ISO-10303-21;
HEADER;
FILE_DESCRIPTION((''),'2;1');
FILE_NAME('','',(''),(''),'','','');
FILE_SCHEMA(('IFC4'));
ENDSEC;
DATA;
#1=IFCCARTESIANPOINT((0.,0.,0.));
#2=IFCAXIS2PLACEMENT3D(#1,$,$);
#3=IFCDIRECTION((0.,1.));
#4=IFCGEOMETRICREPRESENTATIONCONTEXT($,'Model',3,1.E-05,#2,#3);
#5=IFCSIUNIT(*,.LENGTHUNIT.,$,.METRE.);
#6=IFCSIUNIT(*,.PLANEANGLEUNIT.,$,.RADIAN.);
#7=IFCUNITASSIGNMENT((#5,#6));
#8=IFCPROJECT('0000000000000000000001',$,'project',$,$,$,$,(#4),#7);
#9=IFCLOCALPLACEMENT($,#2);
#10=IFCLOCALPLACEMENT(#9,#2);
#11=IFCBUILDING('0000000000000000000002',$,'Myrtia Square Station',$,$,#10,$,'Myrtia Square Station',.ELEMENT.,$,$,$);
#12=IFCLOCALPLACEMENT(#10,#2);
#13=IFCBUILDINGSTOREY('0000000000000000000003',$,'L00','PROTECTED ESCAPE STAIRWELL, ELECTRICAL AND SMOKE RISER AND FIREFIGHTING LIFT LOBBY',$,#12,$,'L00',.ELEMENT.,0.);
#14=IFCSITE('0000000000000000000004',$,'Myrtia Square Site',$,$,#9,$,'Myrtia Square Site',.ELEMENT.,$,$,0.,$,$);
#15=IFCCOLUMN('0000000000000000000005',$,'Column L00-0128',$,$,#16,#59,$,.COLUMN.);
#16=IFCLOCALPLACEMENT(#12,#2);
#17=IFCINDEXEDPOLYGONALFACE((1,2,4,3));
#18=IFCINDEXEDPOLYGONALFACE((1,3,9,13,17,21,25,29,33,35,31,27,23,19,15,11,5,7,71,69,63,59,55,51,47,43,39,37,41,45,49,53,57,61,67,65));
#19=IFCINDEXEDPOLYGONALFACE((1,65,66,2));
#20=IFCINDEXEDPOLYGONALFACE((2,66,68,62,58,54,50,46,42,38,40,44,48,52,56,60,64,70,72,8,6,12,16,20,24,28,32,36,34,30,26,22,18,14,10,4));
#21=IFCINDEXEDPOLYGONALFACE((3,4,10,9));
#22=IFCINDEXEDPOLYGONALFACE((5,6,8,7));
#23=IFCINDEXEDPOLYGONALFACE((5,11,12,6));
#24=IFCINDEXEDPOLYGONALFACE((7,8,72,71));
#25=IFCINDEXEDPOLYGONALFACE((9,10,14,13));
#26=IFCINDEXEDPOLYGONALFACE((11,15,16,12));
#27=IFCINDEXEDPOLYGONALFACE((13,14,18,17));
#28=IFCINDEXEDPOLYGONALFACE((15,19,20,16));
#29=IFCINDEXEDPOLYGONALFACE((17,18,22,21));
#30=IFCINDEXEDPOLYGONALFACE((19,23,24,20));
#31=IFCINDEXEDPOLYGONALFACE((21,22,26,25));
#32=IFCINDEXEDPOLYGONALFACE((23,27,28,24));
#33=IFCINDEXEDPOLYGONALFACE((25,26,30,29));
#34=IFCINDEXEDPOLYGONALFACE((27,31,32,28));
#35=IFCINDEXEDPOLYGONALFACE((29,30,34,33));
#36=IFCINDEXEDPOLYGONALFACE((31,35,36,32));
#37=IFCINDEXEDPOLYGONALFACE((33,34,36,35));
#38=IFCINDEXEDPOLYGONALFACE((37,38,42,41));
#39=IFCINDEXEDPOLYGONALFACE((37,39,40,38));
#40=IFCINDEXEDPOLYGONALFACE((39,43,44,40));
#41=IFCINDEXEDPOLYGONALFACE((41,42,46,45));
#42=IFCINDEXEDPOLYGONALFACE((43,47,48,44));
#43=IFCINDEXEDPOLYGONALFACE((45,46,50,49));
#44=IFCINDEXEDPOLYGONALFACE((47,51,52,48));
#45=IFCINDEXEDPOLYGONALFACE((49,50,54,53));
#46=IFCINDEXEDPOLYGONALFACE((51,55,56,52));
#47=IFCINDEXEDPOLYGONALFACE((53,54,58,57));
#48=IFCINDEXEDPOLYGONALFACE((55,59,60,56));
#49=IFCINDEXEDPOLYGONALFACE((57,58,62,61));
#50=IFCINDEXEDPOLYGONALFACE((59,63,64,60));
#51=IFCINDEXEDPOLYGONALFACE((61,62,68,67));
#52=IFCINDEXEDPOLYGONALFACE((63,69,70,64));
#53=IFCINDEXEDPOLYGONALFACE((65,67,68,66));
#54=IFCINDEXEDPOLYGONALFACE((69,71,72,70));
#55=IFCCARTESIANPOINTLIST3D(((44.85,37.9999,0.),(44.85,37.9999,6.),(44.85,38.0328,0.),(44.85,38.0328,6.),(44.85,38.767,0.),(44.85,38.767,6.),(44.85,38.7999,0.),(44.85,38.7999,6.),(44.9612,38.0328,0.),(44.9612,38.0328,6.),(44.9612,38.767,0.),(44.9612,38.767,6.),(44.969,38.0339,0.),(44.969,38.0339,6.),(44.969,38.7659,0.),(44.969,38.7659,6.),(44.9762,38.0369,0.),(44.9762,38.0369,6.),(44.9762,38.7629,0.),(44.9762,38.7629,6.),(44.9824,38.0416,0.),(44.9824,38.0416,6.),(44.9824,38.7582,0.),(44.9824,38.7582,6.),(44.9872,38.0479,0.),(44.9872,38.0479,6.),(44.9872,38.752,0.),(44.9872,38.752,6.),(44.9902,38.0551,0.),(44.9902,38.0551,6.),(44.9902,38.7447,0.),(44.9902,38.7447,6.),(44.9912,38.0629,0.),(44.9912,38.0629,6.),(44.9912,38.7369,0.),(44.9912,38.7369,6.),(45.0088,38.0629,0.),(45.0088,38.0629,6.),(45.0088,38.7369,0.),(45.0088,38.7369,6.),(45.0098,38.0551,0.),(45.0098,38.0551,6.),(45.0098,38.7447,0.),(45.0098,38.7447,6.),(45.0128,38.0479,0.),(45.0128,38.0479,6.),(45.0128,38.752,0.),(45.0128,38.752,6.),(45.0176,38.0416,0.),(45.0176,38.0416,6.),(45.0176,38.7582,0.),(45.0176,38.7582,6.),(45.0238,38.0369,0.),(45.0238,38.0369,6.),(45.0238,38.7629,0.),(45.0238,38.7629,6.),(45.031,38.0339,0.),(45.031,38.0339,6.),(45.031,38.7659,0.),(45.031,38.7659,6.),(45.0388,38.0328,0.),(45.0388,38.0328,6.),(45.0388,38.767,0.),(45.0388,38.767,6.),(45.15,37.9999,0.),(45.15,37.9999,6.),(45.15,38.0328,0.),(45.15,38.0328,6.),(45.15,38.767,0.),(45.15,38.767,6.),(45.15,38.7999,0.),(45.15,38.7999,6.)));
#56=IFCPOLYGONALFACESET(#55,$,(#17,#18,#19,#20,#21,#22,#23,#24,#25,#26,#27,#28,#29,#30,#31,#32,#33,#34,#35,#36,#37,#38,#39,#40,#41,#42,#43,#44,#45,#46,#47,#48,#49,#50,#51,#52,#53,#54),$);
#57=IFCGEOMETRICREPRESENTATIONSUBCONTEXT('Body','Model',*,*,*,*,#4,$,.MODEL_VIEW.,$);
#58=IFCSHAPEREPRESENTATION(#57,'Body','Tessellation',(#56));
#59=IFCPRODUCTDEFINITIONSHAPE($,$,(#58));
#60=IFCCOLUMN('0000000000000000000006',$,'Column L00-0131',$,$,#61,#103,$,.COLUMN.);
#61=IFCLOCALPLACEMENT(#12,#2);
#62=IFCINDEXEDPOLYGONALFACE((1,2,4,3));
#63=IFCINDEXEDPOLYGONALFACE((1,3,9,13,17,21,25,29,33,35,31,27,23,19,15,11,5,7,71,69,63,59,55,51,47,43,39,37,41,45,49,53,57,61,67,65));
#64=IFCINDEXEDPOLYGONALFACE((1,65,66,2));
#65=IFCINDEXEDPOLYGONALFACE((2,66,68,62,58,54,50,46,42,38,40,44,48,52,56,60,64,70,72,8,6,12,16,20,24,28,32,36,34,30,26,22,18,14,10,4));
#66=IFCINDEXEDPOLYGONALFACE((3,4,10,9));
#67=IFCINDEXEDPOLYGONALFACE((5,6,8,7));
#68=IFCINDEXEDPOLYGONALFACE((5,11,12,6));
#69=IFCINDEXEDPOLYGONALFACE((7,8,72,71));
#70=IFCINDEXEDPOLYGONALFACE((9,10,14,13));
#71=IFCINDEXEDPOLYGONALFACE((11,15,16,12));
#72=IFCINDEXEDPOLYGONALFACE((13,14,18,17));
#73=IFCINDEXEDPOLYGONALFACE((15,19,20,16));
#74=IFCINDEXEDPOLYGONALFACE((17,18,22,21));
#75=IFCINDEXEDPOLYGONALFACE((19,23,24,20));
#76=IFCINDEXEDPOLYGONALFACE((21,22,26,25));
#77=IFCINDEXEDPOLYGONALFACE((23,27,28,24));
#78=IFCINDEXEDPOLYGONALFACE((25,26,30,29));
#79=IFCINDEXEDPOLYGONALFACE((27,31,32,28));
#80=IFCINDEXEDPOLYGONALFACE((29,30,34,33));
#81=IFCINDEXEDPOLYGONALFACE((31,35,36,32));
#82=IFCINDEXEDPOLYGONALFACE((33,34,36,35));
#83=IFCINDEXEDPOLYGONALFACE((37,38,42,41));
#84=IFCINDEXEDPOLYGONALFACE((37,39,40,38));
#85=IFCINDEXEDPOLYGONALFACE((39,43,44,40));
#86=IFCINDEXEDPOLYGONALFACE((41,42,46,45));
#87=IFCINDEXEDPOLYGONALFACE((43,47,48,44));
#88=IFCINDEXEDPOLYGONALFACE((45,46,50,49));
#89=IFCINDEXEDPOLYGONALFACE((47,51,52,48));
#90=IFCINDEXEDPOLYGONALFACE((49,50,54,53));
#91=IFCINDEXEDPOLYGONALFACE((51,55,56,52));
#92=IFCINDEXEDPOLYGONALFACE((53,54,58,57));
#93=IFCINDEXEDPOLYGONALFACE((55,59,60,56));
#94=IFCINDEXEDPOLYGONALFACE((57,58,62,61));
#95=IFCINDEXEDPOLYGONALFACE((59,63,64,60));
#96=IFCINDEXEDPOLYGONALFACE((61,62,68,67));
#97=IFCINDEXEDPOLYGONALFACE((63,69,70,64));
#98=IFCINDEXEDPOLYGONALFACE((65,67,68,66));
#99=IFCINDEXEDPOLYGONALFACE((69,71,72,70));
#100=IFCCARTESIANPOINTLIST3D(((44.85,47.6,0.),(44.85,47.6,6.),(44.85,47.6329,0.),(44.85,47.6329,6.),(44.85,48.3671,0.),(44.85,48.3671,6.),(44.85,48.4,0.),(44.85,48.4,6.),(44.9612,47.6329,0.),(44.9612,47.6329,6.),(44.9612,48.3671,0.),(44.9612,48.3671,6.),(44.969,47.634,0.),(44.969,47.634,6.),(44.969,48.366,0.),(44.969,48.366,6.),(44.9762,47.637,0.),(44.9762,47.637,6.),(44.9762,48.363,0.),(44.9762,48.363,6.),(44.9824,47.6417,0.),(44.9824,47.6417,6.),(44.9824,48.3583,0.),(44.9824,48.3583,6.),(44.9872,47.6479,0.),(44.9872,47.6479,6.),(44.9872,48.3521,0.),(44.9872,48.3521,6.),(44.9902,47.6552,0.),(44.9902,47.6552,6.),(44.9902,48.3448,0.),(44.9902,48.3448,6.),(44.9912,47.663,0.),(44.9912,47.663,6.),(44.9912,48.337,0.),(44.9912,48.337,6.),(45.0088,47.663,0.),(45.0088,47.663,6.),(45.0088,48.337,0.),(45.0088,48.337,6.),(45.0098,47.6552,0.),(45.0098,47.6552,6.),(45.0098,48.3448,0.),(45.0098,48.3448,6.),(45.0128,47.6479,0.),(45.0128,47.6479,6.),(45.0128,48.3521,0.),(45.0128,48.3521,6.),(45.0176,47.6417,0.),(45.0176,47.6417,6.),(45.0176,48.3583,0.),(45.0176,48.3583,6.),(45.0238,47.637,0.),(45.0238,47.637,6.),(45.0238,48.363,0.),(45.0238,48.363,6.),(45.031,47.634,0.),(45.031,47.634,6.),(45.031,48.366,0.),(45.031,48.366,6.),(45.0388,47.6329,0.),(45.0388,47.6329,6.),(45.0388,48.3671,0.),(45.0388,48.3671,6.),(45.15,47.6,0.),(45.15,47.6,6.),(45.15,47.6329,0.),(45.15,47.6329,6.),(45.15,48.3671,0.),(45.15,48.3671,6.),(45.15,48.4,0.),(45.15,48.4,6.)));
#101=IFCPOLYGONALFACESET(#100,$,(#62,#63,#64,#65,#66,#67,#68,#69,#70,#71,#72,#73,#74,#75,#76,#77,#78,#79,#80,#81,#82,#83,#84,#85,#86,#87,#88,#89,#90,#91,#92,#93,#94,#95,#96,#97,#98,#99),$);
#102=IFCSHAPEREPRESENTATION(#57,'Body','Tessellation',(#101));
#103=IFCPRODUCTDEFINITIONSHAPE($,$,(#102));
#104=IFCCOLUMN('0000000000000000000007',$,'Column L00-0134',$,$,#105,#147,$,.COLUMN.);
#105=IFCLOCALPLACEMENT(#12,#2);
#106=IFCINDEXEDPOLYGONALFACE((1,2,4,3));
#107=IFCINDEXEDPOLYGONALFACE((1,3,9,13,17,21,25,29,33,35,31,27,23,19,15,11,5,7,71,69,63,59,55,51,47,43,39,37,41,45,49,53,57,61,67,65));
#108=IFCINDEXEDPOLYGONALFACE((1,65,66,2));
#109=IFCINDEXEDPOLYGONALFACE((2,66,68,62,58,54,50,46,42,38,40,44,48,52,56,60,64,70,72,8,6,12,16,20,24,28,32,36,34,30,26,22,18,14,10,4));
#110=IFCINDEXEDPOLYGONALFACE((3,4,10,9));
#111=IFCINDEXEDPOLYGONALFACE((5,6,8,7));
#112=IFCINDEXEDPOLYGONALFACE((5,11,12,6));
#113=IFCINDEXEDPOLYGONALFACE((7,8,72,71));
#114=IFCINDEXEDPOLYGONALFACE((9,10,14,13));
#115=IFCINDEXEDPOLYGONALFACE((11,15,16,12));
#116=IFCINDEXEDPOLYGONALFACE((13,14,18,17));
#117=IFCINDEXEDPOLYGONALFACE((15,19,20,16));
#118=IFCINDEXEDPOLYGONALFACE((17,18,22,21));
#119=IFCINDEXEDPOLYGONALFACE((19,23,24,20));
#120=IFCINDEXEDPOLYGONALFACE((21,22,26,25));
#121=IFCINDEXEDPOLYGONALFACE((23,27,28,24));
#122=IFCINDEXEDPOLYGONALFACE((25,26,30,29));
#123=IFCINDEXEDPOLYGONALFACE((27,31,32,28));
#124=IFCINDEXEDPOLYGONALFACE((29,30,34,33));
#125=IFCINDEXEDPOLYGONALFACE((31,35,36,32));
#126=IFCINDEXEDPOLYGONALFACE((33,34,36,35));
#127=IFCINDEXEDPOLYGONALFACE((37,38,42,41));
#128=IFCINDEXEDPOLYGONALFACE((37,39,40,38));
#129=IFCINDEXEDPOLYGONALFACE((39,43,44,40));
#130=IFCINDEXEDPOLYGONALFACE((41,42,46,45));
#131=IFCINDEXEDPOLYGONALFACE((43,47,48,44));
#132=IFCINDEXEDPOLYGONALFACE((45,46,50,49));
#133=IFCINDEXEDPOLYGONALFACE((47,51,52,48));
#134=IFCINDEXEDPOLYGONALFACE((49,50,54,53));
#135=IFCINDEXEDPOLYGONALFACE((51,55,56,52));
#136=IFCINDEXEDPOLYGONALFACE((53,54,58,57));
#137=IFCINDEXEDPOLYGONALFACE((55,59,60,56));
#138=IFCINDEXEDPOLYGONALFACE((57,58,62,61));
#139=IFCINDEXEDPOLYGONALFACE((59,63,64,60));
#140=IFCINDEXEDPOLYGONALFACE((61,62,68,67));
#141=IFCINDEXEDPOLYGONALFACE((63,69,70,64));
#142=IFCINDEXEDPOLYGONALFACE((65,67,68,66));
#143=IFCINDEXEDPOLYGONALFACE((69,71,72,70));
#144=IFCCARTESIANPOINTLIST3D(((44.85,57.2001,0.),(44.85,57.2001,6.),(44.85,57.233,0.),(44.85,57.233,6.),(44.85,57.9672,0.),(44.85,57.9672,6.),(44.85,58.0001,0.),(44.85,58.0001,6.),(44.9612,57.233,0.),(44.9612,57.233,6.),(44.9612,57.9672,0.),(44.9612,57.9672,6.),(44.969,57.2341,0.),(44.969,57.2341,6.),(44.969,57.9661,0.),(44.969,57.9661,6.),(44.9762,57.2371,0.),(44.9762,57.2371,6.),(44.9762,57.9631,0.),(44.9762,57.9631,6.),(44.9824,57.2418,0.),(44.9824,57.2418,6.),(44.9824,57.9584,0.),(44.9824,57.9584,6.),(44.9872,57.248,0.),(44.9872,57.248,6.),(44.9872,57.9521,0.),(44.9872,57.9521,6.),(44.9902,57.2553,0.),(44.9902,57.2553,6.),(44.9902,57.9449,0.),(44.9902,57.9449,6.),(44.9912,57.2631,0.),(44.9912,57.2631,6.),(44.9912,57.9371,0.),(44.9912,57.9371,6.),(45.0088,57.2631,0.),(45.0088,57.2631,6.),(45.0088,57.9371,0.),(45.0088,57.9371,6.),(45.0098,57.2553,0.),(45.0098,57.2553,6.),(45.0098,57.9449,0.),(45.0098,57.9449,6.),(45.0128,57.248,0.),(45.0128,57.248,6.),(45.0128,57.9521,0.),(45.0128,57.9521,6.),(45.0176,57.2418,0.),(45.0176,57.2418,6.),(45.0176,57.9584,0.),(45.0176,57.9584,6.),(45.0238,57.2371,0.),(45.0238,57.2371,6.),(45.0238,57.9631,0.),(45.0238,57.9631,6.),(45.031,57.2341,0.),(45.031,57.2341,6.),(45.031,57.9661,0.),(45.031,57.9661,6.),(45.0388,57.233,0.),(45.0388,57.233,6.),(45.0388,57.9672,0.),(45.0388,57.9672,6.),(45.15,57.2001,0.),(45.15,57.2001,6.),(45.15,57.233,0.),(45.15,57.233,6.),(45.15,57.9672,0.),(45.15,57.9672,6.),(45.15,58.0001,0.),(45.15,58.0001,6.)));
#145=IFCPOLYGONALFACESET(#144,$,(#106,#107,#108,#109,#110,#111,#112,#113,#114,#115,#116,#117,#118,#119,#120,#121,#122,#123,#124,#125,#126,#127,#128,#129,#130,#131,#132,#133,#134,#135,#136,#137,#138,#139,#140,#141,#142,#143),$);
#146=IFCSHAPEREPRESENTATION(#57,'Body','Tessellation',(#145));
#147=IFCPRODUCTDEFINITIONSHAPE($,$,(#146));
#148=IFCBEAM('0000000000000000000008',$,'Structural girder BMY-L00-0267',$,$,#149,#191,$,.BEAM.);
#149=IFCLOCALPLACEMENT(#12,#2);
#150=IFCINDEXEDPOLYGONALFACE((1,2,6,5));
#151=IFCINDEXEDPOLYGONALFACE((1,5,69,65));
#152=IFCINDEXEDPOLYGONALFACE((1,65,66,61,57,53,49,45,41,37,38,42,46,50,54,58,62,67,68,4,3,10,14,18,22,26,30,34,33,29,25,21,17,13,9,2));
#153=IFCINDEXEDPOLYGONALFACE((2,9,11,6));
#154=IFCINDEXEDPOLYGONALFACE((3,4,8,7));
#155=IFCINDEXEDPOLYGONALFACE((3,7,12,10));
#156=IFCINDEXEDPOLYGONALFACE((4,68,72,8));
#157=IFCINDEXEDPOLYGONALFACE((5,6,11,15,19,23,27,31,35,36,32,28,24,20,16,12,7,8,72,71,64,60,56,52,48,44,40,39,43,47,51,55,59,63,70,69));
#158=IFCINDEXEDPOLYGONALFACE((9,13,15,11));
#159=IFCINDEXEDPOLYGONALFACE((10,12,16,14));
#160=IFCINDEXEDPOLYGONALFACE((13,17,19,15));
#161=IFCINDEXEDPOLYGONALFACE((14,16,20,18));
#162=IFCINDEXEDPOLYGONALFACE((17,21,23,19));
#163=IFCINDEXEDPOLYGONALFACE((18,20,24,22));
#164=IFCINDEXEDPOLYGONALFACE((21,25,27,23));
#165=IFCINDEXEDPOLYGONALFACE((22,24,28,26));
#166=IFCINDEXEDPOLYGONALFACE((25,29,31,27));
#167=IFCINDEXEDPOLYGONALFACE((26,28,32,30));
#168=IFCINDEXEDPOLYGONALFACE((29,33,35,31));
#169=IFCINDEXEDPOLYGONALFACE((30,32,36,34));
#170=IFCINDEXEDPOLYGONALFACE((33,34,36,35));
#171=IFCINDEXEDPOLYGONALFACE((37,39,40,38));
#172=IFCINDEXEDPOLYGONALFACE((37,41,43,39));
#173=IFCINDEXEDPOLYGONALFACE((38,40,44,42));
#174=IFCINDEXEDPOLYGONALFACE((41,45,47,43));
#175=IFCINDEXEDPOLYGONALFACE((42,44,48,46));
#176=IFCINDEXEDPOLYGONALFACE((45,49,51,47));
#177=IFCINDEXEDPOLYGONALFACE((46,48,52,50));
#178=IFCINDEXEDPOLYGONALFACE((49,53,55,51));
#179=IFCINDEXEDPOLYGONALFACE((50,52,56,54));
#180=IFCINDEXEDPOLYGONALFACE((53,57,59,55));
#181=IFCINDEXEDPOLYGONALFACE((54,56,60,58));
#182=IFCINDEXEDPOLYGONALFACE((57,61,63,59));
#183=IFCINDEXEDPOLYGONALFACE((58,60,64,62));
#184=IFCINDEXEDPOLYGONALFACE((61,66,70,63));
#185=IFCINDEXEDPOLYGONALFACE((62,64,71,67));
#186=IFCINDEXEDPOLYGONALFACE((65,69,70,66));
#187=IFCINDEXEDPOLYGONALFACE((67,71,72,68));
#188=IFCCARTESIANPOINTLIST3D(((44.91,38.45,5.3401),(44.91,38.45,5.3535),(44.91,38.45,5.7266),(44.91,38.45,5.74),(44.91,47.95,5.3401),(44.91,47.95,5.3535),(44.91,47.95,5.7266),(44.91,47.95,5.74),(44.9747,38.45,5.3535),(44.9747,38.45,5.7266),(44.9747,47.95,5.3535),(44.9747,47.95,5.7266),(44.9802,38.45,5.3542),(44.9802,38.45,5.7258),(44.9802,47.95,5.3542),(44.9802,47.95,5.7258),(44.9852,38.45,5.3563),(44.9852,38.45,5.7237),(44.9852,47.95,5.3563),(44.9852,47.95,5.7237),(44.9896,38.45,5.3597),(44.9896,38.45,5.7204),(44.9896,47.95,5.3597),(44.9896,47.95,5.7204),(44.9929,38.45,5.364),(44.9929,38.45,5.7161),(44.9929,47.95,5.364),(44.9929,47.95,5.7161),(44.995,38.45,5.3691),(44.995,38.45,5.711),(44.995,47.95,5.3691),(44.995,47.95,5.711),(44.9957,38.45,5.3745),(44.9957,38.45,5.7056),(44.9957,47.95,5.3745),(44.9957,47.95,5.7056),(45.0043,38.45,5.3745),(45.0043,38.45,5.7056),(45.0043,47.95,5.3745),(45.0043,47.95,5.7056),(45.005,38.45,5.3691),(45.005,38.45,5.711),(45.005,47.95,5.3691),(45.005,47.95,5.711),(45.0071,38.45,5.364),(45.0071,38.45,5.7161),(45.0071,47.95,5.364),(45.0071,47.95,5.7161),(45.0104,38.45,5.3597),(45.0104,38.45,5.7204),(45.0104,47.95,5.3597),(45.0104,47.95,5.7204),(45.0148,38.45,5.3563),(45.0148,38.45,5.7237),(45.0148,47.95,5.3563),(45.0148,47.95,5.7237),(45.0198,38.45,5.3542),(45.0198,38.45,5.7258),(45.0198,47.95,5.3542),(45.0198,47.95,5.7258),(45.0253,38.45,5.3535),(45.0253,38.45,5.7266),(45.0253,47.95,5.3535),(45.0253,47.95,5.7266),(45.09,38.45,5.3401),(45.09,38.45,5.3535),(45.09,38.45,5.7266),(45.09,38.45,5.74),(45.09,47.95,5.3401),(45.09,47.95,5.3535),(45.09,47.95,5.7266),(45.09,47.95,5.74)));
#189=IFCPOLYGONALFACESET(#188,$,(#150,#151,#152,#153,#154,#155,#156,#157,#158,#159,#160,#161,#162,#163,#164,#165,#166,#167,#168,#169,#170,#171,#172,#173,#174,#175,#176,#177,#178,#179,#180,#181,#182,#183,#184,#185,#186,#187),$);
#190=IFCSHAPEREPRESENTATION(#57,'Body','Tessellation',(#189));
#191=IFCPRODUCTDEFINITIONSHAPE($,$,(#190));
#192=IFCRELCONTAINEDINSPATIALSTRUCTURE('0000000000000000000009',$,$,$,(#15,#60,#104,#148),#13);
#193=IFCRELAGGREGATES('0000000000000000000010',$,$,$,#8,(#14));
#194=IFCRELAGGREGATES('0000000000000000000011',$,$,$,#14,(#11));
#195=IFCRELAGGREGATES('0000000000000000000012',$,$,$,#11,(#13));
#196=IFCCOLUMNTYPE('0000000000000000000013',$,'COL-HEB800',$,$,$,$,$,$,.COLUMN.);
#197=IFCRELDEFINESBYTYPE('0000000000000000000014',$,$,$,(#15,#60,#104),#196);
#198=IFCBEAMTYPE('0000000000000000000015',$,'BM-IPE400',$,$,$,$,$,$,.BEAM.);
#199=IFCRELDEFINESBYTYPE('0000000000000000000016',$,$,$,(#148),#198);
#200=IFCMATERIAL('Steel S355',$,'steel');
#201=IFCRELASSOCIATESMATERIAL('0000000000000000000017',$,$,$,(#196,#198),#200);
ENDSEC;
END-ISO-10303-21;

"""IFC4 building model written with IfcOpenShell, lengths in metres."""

from ifc_helpers import new_model, si_unit, direction, frame, origin, origin_2d, place, context, subcontext, project, spatial, i_section, extrude, material, material_profile, profile_set, type_object, element, save


model = new_model("IFC4")

# Units and contexts
model_context = context("Model", 3, precision=1e-05, world=origin(), true_north=direction((0.0, 1.0)))
body_context = subcontext(model_context, "Body", "Model", "MODEL_VIEW")
ifc_project = project(units=[si_unit("LENGTHUNIT", "METRE"), si_unit("PLANEANGLEUNIT", "RADIAN")], contexts=[model_context])

# Site, building, storey
site_placement = place(None, origin())
site = spatial("IfcSite", under=ifc_project, at=site_placement, Name="Myrtia Square Site", LongName="Myrtia Square Site", CompositionType="ELEMENT", RefElevation=0.0)
building_placement = place(site_placement, origin())
building = spatial("IfcBuilding", under=site, at=building_placement, Name="Myrtia Square Station", LongName="Myrtia Square Station", CompositionType="ELEMENT")
storey_placement = place(building_placement, origin())
storey = spatial("IfcBuildingStorey", under=building, at=storey_placement, Name="L00", Description="PROTECTED ESCAPE STAIRWELL, ELECTRICAL AND SMOKE RISER AND FIREFIGHTING LIFT LOBBY", LongName="L00", CompositionType="ELEMENT", Elevation=0.0)

# Columns
ifc_material_1 = material(Name="Steel S355", Category="steel")
ifc_material_profile_1 = material_profile(ifc_material_1, i_section(OverallWidth=0.3, OverallDepth=0.8, WebThickness=0.0176, FlangeThickness=0.033, FilletRadius=0.03, at=origin_2d()), Name="HEB 800")
ifc_profile_set_1 = profile_set([ifc_material_profile_1], Name="Steel S355")
column_type = type_object("IfcColumnType", Name="COL-HEB800", PredefinedType="COLUMN", material=ifc_profile_set_1)
for number, where, z_axis, x_axis, name in (
    (1, (45.0, 38.3999, 0.0), (0.0, 0.0, 1.0), (1.0, 0.0, 0.0), "Column L00-0128"),
    (2, (45.0, 48.0, 0.0), (0.0, 0.0, 1.0), (1.0, 0.0, 0.0), "Column L00-0131"),
    (3, (45.0, 57.6001, 0.0), (0.0, 0.0, 1.0), (1.0, 0.0, 0.0), "Column L00-0134"),
):
    element("IfcColumn", number, at=place(storey_placement, frame(where, z_axis=z_axis, x_axis=x_axis)), inside=storey, type_object=column_type, Name=name, PredefinedType="COLUMN", context=body_context, shape_type="SweptSolid", body=[
        extrude(i_section(OverallWidth=0.3, OverallDepth=0.8, WebThickness=0.0176, FlangeThickness=0.033, FilletRadius=0.03, at=origin_2d()), origin(), (0.0, 0.0, 1.0), 6.0),
    ])

# Beam
ifc_material_profile_2 = material_profile(ifc_material_1, i_section(OverallWidth=0.1799, OverallDepth=0.3999, WebThickness=0.0085, FlangeThickness=0.0134, FilletRadius=0.021, at=origin_2d()), Name="IPE 400")
ifc_profile_set_2 = profile_set([ifc_material_profile_2], Name="Steel S355")
beam_type_1 = type_object("IfcBeamType", Name="BM-IPE400", PredefinedType="BEAM", material=ifc_profile_set_2)
for number, where, z_axis, x_axis, name in (
    (4, (45.0, 38.45, 5.54), (0.0, 1.0, 0.0), (-1.0, 0.0, 0.0), "Structural girder BMY-L00-0267"),
):
    element("IfcBeam", number, at=place(storey_placement, frame(where, z_axis=z_axis, x_axis=x_axis)), inside=storey, type_object=beam_type_1, Name=name, PredefinedType="BEAM", context=body_context, shape_type="SweptSolid", body=[
        extrude(i_section(OverallWidth=0.1799, OverallDepth=0.3999, WebThickness=0.0085, FlangeThickness=0.0134, FilletRadius=0.021, at=origin_2d()), origin(), (0.0, 0.0, 1.0), 9.5),
    ])

save(model, "model.ifc")
